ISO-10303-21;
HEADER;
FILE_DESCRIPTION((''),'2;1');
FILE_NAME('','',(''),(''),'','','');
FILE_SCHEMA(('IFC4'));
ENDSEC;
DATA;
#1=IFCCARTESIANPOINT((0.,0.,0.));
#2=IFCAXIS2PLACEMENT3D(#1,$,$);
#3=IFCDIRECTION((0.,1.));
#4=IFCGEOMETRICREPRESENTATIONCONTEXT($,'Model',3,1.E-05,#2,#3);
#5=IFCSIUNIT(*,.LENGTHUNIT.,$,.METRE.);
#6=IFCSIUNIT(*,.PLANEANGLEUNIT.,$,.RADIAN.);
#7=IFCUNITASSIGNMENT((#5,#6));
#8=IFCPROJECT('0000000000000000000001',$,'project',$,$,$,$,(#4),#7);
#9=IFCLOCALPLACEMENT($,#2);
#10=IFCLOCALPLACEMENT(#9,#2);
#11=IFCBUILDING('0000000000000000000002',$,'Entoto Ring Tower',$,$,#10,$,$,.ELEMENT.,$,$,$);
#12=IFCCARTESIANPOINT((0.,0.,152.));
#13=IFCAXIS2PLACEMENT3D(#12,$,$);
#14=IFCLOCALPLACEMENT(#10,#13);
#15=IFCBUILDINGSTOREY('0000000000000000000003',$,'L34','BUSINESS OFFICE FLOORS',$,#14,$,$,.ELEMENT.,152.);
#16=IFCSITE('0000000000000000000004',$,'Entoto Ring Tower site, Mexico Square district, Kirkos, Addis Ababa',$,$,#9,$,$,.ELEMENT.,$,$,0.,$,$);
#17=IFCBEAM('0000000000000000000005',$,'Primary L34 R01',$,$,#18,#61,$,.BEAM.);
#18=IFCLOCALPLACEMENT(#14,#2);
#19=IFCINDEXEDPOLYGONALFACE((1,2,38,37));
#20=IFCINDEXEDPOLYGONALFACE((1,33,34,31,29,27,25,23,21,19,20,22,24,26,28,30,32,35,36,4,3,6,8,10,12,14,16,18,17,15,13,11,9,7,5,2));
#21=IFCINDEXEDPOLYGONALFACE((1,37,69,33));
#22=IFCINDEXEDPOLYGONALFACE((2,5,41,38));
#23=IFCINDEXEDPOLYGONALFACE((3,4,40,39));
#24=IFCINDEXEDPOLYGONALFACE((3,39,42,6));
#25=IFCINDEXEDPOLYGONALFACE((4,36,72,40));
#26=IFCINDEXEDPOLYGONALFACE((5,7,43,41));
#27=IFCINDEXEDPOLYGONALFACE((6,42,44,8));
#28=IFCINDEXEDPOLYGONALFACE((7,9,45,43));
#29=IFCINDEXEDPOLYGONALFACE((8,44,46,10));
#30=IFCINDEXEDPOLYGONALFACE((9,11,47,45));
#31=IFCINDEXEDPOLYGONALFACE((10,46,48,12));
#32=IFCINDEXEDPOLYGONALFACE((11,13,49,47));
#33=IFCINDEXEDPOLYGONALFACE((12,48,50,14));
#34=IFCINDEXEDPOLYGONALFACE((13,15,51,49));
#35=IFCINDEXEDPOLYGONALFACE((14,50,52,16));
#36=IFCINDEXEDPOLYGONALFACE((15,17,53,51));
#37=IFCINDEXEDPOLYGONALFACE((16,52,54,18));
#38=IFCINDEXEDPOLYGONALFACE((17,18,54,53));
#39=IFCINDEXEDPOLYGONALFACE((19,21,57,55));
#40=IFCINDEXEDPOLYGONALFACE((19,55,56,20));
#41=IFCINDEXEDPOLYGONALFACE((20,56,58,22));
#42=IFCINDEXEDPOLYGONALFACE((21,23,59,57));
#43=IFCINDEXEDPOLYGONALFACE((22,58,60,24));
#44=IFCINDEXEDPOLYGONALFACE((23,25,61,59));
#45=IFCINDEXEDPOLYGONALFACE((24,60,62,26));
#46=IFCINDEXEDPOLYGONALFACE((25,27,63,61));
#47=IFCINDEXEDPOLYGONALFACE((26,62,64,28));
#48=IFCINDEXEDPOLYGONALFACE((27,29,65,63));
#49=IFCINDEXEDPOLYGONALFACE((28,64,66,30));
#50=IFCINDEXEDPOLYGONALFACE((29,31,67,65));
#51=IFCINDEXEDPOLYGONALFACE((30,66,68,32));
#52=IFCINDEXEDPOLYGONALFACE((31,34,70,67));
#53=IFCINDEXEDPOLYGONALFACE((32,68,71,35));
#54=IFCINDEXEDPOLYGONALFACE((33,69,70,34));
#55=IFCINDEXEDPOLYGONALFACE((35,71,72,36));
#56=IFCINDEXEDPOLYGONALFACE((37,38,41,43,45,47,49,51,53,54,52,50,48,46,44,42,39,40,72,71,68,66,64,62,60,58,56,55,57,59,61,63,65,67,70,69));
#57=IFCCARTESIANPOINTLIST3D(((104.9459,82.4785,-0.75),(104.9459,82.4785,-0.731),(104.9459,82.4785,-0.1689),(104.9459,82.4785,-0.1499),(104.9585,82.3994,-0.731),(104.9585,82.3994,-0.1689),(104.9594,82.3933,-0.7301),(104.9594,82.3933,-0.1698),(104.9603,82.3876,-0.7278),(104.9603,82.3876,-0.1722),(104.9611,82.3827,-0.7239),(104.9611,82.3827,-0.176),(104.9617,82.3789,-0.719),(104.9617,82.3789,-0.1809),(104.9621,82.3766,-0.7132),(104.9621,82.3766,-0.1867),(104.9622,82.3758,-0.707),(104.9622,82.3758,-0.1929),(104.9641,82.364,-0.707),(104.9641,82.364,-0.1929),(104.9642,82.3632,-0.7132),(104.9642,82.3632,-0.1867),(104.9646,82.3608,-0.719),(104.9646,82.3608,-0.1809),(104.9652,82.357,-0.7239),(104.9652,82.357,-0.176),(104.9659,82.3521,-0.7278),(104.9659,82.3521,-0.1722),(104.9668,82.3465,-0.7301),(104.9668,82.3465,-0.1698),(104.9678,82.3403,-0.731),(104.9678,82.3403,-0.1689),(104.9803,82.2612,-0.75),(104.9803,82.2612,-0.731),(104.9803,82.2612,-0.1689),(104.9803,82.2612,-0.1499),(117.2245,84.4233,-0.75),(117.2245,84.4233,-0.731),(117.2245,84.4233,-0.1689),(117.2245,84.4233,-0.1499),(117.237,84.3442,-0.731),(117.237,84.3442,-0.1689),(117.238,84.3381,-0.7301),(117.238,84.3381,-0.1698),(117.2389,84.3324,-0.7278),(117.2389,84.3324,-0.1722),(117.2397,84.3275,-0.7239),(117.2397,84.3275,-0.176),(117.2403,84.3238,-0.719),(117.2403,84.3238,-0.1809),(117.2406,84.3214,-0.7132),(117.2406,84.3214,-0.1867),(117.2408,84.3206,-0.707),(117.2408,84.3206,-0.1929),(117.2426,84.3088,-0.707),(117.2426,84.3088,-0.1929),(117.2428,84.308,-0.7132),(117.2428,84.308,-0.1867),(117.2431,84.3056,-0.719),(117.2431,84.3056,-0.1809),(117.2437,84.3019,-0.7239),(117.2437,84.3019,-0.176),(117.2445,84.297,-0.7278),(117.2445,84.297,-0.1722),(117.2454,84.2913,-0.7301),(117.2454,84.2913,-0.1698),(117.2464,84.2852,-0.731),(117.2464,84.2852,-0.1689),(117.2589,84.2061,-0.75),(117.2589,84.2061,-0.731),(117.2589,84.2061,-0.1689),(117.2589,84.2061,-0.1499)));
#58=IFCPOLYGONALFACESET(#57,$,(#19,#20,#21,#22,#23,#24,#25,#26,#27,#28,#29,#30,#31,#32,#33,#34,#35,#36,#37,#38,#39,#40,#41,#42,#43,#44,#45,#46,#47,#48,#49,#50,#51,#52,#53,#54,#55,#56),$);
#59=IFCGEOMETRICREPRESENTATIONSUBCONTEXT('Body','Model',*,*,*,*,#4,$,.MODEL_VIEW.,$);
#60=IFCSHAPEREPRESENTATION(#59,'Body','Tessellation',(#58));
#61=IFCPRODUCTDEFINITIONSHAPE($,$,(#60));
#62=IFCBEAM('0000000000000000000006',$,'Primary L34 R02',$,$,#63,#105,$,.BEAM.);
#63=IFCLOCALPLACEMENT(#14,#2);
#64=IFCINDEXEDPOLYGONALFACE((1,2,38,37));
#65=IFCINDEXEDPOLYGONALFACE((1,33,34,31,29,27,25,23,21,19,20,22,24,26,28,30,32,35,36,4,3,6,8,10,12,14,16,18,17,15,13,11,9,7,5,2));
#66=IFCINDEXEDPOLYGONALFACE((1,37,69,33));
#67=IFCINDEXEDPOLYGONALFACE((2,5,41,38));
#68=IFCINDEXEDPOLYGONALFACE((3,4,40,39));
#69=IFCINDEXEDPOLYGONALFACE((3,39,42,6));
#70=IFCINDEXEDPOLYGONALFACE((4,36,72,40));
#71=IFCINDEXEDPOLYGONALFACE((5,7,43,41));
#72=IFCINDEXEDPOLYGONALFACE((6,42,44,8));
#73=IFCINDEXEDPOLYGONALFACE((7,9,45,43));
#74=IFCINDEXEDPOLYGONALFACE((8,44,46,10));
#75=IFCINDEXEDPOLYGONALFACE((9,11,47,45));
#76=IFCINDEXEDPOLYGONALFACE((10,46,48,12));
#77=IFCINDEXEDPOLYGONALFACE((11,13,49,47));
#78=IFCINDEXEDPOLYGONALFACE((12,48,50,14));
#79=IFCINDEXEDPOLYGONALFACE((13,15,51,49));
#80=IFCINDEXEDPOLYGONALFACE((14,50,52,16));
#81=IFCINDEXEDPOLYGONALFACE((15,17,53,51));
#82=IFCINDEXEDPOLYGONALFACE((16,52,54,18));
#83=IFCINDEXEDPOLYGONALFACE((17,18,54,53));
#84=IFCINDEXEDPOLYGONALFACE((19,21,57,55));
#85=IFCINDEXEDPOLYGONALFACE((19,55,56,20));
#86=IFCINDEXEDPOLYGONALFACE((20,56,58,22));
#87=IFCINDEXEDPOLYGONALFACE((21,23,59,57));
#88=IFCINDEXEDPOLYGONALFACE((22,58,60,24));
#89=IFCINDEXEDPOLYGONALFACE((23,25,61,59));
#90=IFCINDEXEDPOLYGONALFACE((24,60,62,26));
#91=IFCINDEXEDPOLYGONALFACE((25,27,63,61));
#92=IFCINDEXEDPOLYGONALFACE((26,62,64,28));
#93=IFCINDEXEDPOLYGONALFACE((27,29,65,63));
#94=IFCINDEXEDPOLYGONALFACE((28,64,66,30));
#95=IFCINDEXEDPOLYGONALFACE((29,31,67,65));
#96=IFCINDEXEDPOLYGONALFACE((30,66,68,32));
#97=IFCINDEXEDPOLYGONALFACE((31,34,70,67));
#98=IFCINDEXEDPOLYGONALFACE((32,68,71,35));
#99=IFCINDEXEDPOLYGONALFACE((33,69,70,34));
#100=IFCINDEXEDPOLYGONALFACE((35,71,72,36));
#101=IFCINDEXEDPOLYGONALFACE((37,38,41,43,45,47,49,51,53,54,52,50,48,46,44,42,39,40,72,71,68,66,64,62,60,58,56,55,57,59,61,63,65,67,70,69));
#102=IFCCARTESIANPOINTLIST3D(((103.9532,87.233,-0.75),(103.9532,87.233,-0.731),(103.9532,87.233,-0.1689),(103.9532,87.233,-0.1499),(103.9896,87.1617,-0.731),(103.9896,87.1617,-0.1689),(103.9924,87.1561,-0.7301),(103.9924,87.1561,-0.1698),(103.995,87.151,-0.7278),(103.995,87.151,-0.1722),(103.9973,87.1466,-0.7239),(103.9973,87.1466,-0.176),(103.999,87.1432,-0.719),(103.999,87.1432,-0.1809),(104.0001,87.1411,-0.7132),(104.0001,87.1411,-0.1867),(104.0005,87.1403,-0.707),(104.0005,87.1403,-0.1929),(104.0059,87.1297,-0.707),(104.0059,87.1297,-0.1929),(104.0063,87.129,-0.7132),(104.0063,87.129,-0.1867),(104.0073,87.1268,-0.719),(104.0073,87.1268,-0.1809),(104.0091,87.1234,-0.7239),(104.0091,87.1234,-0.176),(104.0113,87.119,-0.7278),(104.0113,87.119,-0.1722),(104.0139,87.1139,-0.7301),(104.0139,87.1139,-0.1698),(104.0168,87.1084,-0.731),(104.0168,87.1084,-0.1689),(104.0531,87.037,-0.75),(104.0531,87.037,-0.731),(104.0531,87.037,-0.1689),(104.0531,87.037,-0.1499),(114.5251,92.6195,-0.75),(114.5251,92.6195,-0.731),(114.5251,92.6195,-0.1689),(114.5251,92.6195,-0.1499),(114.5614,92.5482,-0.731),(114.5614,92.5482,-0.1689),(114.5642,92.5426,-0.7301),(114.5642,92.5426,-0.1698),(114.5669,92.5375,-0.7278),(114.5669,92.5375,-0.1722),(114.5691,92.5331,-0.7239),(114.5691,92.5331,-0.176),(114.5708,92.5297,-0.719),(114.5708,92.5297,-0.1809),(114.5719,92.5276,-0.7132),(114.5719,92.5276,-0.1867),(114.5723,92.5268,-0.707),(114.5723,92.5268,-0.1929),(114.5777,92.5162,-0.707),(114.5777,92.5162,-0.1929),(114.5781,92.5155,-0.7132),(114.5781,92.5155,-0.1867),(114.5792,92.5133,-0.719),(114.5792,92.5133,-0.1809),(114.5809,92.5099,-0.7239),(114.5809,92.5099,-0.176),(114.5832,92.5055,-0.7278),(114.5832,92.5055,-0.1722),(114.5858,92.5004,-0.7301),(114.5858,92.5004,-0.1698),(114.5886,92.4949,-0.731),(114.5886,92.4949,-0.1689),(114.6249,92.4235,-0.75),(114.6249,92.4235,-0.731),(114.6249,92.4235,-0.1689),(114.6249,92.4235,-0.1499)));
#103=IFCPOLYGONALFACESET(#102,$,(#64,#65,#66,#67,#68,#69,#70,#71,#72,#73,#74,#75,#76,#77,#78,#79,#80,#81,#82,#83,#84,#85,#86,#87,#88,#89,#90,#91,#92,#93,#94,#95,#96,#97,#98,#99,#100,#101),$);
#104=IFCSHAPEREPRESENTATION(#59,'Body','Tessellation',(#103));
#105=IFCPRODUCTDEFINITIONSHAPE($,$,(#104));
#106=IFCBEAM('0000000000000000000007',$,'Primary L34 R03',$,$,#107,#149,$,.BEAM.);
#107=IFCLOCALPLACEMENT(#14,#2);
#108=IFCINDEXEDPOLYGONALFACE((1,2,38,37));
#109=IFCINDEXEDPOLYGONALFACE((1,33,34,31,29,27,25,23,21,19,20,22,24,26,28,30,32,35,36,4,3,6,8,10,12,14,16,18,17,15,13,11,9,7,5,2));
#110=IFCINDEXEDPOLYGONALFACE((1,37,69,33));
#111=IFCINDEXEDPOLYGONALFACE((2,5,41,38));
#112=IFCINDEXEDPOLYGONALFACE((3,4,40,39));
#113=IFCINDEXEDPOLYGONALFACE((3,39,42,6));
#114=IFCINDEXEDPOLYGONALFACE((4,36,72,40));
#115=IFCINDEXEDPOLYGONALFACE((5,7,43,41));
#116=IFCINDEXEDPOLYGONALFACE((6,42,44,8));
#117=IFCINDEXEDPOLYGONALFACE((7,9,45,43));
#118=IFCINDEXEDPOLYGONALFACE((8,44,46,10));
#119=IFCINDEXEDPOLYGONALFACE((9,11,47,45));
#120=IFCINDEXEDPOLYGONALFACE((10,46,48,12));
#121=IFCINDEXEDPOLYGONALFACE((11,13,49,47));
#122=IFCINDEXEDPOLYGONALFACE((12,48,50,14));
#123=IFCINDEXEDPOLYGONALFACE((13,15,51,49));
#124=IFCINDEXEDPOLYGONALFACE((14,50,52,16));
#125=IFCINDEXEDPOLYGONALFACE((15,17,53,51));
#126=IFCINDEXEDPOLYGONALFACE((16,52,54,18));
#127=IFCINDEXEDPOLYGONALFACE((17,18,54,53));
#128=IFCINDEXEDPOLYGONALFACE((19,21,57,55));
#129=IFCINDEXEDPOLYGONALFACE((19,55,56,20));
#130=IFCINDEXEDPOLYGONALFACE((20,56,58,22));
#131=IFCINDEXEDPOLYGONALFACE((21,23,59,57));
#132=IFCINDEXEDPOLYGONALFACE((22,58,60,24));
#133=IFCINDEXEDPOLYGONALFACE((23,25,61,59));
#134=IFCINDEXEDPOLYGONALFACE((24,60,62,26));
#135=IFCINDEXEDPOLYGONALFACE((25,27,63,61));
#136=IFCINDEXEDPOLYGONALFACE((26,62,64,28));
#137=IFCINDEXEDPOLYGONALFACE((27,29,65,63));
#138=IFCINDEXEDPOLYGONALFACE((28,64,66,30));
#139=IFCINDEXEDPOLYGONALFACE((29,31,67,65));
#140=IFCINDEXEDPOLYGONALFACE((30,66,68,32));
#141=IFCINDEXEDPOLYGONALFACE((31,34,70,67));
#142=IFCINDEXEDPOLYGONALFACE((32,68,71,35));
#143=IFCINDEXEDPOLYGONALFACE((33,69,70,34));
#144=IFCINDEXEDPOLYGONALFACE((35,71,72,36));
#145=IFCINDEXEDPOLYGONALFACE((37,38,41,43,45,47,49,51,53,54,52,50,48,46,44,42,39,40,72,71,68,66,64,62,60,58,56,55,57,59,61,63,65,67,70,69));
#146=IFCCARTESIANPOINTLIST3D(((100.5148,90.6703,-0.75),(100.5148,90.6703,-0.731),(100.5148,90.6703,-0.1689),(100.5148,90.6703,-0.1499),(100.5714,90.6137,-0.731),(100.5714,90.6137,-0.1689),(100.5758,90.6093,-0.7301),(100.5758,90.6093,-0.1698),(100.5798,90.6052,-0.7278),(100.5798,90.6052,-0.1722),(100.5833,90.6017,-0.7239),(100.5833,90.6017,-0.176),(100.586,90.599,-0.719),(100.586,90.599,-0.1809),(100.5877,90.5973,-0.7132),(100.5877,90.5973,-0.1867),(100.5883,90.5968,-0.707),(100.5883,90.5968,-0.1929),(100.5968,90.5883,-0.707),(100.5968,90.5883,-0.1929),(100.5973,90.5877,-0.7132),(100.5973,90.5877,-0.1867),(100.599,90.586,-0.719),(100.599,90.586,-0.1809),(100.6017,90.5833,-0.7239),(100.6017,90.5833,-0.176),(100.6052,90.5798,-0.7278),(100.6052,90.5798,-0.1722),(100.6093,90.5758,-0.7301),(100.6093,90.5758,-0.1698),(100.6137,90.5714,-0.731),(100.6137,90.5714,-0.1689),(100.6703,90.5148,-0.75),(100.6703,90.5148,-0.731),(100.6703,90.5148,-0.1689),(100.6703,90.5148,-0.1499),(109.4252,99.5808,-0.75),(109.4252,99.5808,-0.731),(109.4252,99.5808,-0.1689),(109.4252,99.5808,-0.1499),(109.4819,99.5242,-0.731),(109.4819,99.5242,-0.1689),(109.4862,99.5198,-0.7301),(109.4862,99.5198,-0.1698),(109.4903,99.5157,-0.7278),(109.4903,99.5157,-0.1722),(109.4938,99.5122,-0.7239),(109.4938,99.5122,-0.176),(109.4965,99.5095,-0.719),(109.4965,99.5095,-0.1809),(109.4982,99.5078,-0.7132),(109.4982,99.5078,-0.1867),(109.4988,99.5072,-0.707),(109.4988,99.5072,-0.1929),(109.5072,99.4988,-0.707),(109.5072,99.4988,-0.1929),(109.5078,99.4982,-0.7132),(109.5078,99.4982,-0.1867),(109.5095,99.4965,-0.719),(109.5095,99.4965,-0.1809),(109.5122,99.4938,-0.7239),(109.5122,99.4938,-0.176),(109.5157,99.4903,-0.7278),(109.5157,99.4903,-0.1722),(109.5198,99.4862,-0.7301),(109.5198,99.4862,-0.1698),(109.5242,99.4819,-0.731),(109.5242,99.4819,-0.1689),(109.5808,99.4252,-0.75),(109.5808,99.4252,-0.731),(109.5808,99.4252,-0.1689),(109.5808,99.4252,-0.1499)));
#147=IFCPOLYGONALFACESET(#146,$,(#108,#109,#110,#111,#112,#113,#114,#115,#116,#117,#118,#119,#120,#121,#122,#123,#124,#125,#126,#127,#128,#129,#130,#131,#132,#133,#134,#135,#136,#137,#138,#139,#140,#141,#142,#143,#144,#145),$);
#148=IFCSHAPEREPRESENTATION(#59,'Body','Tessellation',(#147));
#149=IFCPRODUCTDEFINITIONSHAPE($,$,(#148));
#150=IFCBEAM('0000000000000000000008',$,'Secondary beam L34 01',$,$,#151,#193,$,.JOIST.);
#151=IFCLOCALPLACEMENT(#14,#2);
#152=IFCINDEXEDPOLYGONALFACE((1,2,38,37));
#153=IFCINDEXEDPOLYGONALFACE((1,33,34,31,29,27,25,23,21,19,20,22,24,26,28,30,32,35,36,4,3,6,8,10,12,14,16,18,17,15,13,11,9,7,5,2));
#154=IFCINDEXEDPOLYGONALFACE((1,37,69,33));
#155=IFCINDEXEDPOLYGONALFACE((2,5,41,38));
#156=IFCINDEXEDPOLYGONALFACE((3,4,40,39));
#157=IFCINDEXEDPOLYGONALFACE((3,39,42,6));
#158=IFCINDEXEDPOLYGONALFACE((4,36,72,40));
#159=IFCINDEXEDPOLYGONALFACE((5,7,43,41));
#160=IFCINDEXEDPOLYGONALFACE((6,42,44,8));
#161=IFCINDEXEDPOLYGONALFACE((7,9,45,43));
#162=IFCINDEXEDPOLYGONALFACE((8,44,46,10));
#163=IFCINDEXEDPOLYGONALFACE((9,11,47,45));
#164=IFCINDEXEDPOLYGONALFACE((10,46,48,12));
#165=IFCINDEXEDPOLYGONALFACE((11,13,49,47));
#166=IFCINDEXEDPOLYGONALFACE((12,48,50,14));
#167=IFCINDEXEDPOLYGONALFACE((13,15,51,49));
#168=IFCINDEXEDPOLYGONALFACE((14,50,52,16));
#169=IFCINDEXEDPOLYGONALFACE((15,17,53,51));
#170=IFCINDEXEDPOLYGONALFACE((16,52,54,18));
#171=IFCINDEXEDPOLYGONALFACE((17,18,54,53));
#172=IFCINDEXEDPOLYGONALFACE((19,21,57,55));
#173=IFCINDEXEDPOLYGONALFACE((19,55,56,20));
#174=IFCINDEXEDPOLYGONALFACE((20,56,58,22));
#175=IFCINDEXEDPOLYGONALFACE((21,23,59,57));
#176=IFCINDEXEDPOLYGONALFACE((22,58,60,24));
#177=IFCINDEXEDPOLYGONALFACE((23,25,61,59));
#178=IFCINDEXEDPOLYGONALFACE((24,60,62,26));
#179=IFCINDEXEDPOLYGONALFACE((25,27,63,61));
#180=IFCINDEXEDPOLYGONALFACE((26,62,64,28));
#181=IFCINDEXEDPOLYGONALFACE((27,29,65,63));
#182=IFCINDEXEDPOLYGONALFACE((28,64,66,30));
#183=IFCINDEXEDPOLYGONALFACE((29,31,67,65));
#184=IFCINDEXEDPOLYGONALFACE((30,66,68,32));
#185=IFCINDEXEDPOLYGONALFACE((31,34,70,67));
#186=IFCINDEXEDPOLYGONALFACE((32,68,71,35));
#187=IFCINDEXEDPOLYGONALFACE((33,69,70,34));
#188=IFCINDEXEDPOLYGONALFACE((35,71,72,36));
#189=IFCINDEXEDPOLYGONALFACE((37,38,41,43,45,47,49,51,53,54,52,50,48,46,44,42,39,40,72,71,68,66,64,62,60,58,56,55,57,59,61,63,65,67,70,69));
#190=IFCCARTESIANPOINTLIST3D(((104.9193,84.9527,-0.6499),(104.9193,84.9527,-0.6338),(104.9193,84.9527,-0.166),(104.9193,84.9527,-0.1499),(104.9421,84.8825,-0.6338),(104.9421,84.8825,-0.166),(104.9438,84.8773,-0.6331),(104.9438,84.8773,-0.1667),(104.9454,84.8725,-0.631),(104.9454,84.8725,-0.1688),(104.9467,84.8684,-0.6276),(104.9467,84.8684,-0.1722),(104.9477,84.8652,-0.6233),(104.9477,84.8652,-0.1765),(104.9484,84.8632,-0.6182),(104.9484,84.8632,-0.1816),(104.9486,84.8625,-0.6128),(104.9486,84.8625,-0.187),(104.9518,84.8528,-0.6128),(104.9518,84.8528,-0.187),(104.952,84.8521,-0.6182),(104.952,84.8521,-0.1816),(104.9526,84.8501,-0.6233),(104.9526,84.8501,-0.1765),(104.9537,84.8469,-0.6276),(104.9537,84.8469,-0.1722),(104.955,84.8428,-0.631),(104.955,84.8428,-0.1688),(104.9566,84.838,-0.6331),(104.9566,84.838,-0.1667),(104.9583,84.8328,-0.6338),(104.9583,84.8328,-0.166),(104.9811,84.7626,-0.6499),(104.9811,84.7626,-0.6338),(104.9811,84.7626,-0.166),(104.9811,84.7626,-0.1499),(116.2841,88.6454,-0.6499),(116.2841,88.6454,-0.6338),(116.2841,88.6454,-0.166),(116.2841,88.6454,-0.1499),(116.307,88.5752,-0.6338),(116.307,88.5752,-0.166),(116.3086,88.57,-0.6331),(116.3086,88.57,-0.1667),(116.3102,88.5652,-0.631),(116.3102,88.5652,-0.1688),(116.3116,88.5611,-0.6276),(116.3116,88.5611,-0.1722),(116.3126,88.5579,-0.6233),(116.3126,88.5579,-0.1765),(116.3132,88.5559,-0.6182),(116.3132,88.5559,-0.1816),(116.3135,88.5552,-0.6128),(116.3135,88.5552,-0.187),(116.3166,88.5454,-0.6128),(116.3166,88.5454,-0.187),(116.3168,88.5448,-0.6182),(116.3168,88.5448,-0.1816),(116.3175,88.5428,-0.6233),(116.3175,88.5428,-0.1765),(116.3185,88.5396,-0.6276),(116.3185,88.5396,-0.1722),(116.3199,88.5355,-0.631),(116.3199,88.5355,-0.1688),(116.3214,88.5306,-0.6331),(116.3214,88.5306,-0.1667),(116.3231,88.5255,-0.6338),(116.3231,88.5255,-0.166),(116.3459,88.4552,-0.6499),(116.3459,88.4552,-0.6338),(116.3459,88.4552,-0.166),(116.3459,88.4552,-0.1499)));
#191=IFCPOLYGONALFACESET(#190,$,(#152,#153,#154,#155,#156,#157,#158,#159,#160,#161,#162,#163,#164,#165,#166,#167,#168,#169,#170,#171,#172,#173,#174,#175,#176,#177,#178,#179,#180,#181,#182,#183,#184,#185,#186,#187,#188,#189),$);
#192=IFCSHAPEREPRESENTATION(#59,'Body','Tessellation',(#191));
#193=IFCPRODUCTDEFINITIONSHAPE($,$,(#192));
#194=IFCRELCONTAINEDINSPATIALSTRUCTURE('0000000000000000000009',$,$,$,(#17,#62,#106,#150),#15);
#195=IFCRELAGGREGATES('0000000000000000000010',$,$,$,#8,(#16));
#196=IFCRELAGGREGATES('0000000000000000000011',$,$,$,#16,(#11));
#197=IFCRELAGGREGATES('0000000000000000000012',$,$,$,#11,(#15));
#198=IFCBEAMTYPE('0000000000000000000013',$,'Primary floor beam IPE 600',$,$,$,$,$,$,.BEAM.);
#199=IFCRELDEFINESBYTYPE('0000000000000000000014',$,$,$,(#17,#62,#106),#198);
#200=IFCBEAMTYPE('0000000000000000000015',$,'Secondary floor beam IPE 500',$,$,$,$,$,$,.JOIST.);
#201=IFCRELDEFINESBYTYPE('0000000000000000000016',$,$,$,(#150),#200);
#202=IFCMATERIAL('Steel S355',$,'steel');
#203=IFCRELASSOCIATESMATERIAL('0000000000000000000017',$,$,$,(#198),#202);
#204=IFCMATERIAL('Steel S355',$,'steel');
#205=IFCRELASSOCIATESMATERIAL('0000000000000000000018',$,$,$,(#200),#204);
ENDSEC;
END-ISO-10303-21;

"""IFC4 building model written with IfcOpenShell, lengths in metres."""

from ifc_helpers import new_model, si_unit, direction, frame, origin, origin_2d, place, context, subcontext, project, spatial, i_section, extrude, material, material_profile, profile_set, type_object, element, save


model = new_model("IFC4")

# Units and contexts
model_context = context("Model", 3, precision=1e-05, world=origin(), true_north=direction((0.0, 1.0)))
body_context = subcontext(model_context, "Body", "Model", "MODEL_VIEW")
ifc_project = project(units=[si_unit("LENGTHUNIT", "METRE"), si_unit("PLANEANGLEUNIT", "RADIAN")], contexts=[model_context])

# Site, building, storey
site_placement = place(None, origin())
site = spatial("IfcSite", under=ifc_project, at=site_placement, Name="Entoto Ring Tower site, Mexico Square district, Kirkos, Addis Ababa", CompositionType="ELEMENT", RefElevation=0.0)
building_placement = place(site_placement, origin())
building = spatial("IfcBuilding", under=site, at=building_placement, Name="Entoto Ring Tower", CompositionType="ELEMENT")
storey_placement = place(building_placement, frame((0.0, 0.0, 152.0)))
storey = spatial("IfcBuildingStorey", under=building, at=storey_placement, Name="L34", Description="BUSINESS OFFICE FLOORS", CompositionType="ELEMENT", Elevation=152.0)

# Beams
ifc_material_1 = material(Name="Steel S355", Category="steel")
ifc_material_profile_1 = material_profile(ifc_material_1, i_section(OverallWidth=0.22, OverallDepth=0.6001, WebThickness=0.012, FlangeThickness=0.019, FilletRadius=0.0239, at=origin_2d()), Name="IPE 600")
ifc_profile_set_1 = profile_set([ifc_material_profile_1], Name="Steel S355")
beam_type_1 = type_object("IfcBeamType", Name="Primary floor beam IPE 600", PredefinedType="BEAM", material=ifc_profile_set_1)
beam_1_placement = place(storey_placement, frame((104.9631, 82.3699, -0.45), z_axis=(0.987687, 0.156442, 0.0), x_axis=(-0.156442, 0.987687, 0.0)))
element("IfcBeam", 1, at=beam_1_placement, inside=storey, type_object=beam_type_1, Name="Primary L34 R01", PredefinedType="BEAM", context=body_context, shape_type="SweptSolid", body=[
    extrude(i_section(OverallWidth=0.22, OverallDepth=0.6001, WebThickness=0.012, FlangeThickness=0.019, FilletRadius=0.0239, at=origin_2d()), origin(), (0.0, 0.0, 1.0), 12.4316),
])
beam_2_placement = place(storey_placement, frame((104.0032, 87.135, -0.45), z_axis=(0.89101, 0.453983, 0.0), x_axis=(-0.453983, 0.89101, 0.0)))
element("IfcBeam", 2, at=beam_2_placement, inside=storey, type_object=beam_type_1, Name="Primary L34 R02", PredefinedType="BEAM", context=body_context, shape_type="SweptSolid", body=[
    extrude(i_section(OverallWidth=0.22, OverallDepth=0.6001, WebThickness=0.012, FlangeThickness=0.019, FilletRadius=0.0239, at=origin_2d()), origin(), (0.0, 0.0, 1.0), 11.865),
])
beam_3_placement = place(storey_placement, frame((100.5925, 90.5925, -0.45), z_axis=(0.707107, 0.707107, 0.0), x_axis=(-0.707107, 0.707107, 0.0)))
element("IfcBeam", 3, at=beam_3_placement, inside=storey, type_object=beam_type_1, Name="Primary L34 R03", PredefinedType="BEAM", context=body_context, shape_type="SweptSolid", body=[
    extrude(i_section(OverallWidth=0.22, OverallDepth=0.6001, WebThickness=0.012, FlangeThickness=0.019, FilletRadius=0.0239, at=origin_2d()), origin(), (0.0, 0.0, 1.0), 12.6013),
])
ifc_material_2 = material(Name="Steel S355", Category="steel")
ifc_material_profile_2 = material_profile(ifc_material_2, i_section(OverallWidth=0.2, OverallDepth=0.5, WebThickness=0.0103, FlangeThickness=0.0161, FilletRadius=0.021, at=origin_2d()), Name="IPE 500")
ifc_profile_set_2 = profile_set([ifc_material_profile_2], Name="Steel S355")
beam_type_2 = type_object("IfcBeamType", Name="Secondary floor beam IPE 500", PredefinedType="JOIST", material=ifc_profile_set_2)
beam_4_placement = place(storey_placement, frame((104.9502, 84.8577, -0.3999), z_axis=(0.951057, 0.309017, 0.0), x_axis=(-0.309017, 0.951057, 0.0)))
element("IfcBeam", 4, at=beam_4_placement, inside=storey, type_object=beam_type_2, Name="Secondary beam L34 01", PredefinedType="JOIST", context=body_context, shape_type="SweptSolid", body=[
    extrude(i_section(OverallWidth=0.2, OverallDepth=0.5, WebThickness=0.0103, FlangeThickness=0.0161, FilletRadius=0.021, at=origin_2d()), origin(), (0.0, 0.0, 1.0), 11.9497),
])

save(model, "model.ifc")
